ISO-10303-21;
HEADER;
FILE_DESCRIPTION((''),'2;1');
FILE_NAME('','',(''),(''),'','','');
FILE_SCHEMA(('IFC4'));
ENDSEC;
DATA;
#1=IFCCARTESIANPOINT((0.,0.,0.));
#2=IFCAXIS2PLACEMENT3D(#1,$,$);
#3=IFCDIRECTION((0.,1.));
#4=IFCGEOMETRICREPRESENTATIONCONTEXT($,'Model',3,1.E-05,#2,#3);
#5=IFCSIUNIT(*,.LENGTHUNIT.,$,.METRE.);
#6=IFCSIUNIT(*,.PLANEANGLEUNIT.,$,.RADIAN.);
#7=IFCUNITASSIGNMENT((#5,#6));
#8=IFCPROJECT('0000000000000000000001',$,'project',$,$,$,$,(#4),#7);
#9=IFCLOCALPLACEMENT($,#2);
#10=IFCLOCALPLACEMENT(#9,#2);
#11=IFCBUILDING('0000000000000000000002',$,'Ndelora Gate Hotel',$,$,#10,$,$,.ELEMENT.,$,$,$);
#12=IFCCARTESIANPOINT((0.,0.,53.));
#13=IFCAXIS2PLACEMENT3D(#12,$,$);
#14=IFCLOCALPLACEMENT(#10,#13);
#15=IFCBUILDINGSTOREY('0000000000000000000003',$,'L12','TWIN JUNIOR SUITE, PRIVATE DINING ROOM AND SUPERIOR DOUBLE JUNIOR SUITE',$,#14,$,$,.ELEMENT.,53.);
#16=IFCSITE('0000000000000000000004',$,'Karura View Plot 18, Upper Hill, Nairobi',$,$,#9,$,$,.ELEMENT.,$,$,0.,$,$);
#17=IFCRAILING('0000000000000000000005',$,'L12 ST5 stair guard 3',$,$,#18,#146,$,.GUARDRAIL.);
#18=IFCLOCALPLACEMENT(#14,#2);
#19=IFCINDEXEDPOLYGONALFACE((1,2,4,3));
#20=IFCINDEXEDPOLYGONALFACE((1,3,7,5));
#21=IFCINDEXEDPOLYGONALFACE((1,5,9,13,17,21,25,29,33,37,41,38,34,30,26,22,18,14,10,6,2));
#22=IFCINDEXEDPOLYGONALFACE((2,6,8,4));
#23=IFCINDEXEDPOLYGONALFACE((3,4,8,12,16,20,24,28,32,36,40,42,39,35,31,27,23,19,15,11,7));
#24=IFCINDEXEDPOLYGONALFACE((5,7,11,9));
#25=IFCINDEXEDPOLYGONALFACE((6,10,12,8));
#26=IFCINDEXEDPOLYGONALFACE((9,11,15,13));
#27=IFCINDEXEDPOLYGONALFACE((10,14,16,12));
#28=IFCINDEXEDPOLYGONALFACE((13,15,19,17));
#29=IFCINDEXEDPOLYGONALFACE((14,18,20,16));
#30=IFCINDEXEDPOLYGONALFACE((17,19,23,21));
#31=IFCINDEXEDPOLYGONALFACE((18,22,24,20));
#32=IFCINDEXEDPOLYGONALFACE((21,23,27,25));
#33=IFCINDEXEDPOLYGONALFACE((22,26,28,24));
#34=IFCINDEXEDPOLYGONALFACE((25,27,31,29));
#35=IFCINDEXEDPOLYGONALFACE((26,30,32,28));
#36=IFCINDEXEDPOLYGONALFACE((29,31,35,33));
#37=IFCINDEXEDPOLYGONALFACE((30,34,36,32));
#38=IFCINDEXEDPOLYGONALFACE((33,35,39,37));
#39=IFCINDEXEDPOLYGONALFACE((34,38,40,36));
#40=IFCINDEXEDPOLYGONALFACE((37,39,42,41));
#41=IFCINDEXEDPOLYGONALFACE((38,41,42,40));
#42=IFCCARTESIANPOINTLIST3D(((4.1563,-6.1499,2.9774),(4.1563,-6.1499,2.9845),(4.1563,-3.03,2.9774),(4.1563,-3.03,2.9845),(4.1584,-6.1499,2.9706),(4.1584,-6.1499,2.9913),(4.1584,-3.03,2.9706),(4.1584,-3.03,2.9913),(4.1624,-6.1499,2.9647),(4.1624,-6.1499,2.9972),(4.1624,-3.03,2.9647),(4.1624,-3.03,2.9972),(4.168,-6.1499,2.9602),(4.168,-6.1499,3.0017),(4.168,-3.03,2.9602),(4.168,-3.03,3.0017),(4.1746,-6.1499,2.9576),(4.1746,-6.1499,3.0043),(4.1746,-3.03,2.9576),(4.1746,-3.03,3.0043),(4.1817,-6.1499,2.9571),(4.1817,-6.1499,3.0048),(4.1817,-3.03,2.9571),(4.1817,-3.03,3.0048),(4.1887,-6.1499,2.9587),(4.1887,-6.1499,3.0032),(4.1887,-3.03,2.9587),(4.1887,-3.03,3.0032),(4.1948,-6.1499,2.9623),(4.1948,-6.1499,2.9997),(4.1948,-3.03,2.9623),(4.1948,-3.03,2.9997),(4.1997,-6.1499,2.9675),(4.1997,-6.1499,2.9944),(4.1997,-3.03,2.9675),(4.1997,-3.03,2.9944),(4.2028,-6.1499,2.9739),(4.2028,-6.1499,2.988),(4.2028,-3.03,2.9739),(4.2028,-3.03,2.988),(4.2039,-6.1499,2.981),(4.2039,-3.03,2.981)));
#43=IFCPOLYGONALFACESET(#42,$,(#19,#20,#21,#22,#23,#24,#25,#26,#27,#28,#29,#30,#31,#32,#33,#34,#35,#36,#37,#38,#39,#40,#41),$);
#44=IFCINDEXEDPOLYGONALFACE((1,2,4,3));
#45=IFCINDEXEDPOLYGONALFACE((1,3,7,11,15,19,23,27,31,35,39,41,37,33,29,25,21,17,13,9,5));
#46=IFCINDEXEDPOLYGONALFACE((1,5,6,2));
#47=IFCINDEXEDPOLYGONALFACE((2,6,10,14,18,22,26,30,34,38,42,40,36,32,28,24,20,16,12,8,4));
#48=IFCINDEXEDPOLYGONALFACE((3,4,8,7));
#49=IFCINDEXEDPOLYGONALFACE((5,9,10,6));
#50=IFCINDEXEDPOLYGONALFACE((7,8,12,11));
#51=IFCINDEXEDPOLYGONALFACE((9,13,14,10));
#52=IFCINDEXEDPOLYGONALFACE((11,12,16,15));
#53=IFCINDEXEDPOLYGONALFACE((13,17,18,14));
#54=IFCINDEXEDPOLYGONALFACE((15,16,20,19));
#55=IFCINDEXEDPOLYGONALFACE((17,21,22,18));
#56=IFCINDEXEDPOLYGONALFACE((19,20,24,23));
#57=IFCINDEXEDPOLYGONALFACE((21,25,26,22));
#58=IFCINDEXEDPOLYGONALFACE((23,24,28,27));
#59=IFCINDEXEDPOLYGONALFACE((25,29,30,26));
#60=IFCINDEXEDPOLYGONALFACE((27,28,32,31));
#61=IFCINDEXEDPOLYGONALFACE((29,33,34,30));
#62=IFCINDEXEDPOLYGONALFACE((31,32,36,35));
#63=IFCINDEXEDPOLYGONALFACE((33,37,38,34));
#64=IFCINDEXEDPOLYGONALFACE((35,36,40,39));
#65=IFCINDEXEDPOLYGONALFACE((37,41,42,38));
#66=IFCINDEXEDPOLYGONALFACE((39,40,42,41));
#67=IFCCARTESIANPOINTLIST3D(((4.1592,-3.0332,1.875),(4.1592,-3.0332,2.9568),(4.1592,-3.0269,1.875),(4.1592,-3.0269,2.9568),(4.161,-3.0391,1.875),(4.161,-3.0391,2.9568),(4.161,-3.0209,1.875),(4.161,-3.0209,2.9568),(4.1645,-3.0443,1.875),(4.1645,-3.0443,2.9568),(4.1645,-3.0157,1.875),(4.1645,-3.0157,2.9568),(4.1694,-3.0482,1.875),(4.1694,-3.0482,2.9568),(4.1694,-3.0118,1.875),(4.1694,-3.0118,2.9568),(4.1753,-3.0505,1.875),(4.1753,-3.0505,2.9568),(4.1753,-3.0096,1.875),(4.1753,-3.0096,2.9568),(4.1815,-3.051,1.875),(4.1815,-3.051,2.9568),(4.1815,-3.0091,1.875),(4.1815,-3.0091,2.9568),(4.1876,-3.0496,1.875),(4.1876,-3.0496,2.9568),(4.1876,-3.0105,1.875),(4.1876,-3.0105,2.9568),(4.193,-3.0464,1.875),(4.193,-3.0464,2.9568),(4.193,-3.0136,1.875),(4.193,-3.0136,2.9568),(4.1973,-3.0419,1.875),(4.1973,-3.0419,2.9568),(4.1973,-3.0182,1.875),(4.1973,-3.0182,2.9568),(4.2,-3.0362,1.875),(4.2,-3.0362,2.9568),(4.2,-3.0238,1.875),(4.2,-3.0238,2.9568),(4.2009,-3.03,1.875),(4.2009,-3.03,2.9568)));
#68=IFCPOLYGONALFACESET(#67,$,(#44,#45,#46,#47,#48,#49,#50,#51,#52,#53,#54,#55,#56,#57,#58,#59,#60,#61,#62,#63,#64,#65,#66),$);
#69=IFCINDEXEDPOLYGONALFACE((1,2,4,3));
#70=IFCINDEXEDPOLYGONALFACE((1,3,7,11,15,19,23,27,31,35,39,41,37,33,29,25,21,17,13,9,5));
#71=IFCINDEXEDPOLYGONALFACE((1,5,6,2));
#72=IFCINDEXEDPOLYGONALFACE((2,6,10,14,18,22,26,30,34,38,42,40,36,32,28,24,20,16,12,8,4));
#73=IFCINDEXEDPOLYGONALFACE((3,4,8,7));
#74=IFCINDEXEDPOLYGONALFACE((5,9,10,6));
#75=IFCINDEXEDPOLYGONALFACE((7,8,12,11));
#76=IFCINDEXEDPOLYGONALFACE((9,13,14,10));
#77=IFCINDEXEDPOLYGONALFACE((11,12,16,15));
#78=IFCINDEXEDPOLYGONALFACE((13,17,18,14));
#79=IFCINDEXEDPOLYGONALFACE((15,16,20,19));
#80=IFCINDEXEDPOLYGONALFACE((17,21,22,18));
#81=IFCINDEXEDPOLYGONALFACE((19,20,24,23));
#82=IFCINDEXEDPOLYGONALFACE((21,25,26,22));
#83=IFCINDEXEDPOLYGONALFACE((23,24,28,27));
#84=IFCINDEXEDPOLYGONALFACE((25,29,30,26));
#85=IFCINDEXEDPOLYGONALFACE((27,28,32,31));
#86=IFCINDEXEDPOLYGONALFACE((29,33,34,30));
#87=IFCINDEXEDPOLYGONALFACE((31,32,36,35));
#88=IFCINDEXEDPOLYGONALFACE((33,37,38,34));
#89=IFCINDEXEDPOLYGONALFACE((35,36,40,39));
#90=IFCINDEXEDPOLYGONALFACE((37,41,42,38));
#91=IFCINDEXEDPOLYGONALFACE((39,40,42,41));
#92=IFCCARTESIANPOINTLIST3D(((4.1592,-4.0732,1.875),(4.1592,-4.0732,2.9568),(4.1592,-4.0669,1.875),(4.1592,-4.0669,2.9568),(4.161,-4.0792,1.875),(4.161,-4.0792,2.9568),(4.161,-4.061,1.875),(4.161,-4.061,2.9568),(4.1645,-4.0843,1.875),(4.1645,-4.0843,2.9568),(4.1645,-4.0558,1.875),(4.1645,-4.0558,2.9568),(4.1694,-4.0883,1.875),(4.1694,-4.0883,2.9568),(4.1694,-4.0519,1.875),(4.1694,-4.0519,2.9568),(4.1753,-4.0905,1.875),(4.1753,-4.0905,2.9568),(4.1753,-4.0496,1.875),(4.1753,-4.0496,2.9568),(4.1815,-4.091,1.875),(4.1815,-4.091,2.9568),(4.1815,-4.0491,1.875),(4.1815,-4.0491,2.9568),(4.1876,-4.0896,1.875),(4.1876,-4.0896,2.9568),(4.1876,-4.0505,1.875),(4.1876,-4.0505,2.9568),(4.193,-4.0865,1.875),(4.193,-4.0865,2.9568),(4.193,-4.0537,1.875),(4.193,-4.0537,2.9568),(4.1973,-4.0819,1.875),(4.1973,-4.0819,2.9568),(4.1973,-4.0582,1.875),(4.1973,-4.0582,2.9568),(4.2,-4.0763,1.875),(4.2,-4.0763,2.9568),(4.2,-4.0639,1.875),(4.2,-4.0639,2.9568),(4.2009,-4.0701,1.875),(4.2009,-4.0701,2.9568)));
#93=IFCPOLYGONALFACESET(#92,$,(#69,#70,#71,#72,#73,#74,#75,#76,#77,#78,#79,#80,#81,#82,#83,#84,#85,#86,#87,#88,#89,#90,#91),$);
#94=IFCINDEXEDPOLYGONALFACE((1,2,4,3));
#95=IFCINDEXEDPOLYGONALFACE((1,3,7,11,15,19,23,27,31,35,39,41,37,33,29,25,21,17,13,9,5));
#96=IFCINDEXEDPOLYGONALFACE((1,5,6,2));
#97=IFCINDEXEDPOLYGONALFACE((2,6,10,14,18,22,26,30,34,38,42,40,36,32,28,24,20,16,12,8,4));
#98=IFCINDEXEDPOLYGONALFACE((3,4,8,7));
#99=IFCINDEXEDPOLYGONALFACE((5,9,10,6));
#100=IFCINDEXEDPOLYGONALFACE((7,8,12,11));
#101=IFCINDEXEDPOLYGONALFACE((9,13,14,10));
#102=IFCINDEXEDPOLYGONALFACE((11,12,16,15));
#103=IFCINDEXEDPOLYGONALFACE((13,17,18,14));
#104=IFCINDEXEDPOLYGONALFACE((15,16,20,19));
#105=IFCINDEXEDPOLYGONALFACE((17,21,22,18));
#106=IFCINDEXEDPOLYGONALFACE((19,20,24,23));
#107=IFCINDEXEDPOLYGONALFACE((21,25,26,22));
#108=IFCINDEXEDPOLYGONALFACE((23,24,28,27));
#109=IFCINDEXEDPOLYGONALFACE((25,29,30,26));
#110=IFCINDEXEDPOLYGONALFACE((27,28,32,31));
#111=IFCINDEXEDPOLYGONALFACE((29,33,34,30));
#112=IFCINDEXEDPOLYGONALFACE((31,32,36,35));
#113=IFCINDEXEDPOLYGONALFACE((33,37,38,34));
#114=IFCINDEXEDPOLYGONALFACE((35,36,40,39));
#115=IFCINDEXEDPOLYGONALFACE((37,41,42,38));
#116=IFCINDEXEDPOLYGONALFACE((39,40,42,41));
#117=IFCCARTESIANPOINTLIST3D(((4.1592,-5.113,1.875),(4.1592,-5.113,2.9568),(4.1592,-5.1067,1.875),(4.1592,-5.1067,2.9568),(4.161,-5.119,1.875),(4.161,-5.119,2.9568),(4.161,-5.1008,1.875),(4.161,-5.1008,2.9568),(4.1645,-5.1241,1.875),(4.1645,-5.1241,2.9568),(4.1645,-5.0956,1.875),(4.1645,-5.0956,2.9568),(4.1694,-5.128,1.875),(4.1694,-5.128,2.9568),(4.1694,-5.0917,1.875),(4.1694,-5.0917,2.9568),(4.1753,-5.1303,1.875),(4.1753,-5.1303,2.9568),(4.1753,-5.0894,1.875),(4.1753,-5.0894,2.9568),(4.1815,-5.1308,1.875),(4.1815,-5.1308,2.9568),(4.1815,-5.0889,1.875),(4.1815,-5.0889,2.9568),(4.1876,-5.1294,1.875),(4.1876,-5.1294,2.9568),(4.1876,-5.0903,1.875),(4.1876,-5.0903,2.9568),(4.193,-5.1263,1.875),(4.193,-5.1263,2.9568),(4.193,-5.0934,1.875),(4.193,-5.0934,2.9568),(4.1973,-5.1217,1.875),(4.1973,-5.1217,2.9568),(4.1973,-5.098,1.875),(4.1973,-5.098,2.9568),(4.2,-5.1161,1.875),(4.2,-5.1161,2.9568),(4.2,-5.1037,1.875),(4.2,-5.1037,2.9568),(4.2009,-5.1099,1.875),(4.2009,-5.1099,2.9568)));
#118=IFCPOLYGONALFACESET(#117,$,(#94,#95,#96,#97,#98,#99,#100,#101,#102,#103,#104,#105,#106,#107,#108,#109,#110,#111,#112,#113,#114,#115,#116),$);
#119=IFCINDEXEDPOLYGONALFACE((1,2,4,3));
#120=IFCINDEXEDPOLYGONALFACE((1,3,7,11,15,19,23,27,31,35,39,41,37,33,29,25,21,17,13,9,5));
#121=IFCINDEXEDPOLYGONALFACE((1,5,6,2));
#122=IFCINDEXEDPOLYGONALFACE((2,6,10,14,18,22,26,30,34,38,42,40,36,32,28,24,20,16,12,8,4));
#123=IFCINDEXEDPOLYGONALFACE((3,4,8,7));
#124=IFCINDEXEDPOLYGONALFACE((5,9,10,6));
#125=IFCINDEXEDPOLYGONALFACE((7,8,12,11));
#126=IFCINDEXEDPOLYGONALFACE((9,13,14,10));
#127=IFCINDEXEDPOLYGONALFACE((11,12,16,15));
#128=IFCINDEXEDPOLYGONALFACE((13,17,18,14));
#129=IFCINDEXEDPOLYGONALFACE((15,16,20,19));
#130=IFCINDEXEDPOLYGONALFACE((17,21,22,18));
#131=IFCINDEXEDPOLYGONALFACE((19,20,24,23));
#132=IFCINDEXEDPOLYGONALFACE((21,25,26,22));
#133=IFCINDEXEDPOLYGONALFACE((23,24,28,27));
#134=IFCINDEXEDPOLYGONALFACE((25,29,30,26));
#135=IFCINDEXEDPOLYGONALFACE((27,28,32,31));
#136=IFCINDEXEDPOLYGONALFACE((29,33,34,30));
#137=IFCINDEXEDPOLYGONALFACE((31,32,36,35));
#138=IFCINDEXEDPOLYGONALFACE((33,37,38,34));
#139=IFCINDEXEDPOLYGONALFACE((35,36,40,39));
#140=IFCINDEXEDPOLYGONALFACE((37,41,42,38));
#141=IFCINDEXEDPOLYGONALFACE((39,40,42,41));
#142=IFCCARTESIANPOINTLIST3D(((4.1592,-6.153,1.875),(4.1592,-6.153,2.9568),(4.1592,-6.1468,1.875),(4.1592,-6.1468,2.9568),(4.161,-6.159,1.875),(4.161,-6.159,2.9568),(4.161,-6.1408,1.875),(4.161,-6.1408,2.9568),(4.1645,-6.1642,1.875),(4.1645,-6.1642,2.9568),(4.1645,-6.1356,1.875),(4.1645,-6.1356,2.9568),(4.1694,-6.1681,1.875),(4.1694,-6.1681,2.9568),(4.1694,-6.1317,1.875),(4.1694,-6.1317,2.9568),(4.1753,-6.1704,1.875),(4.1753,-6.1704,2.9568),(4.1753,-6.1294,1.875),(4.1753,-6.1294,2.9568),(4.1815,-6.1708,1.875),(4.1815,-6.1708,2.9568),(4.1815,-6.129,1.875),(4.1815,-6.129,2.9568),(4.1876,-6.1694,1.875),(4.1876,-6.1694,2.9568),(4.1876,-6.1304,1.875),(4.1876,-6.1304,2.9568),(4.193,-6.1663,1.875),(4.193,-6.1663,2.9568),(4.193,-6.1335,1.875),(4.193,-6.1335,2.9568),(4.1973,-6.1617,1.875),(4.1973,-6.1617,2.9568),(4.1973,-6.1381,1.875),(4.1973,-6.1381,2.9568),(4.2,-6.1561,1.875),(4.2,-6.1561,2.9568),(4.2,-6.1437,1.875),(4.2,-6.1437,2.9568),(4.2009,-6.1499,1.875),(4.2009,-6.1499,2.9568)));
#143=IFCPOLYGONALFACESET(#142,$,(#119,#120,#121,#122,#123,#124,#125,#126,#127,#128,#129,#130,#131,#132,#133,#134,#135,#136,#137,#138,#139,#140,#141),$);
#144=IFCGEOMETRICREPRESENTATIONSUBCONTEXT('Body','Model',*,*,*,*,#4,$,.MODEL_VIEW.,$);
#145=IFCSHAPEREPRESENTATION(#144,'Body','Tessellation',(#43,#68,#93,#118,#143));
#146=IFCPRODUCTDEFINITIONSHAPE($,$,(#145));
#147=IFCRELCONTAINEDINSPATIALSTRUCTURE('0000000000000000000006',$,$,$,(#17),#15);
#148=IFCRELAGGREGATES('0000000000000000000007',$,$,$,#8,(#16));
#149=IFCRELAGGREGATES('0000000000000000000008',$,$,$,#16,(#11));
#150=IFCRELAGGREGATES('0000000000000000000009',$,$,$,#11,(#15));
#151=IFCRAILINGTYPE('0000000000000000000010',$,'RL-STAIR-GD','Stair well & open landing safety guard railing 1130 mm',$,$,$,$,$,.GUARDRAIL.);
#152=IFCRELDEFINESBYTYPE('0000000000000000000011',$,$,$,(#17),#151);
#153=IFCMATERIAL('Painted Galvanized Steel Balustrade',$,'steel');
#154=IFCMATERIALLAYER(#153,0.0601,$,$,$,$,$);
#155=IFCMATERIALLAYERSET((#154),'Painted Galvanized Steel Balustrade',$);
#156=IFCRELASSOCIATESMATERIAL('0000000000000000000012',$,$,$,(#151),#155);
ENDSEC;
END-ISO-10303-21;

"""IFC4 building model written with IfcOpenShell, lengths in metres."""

from ifc_helpers import new_model, si_unit, direction, frame, origin, origin_2d, place, context, subcontext, project, spatial, circle, extrude, material, layer, layer_set, type_object, element, save


model = new_model("IFC4")

# Units and contexts
model_context = context("Model", 3, precision=1e-05, world=origin(), true_north=direction((0.0, 1.0)))
body_context = subcontext(model_context, "Body", "Model", "MODEL_VIEW")
ifc_project = project(units=[si_unit("LENGTHUNIT", "METRE"), si_unit("PLANEANGLEUNIT", "RADIAN")], contexts=[model_context])

# Site, building, storey
site_placement = place(None, origin())
site = spatial("IfcSite", under=ifc_project, at=site_placement, Name="Karura View Plot 18, Upper Hill, Nairobi", CompositionType="ELEMENT", RefElevation=0.0)
building_placement = place(site_placement, origin())
building = spatial("IfcBuilding", under=site, at=building_placement, Name="Ndelora Gate Hotel", CompositionType="ELEMENT")
storey_placement = place(building_placement, frame((0.0, 0.0, 53.0)))
storey = spatial("IfcBuildingStorey", under=building, at=storey_placement, Name="L12", Description="TWIN JUNIOR SUITE, PRIVATE DINING ROOM AND SUPERIOR DOUBLE JUNIOR SUITE", CompositionType="ELEMENT", Elevation=53.0)

# Railing
ifc_material_1 = material(Name="Painted Galvanized Steel Balustrade", Category="steel")
ifc_layer_1 = layer(ifc_material_1, 0.0601)
ifc_layer_set_1 = layer_set([ifc_layer_1], Name="Painted Galvanized Steel Balustrade")
railing_type_1 = type_object("IfcRailingType", Name="RL-STAIR-GD", Description="Stair well & open landing safety guard railing 1130 mm", PredefinedType="GUARDRAIL", material=ifc_layer_set_1)
for number, where, name in (
    (1, (4.1799, -3.03, 1.875), "L12 ST5 stair guard 3"),
):
    element("IfcRailing", number, at=place(storey_placement, frame(where)), inside=storey, type_object=railing_type_1, Name=name, PredefinedType="GUARDRAIL", context=body_context, shape_type="SweptSolid", body=[
        extrude(circle(Radius=0.0239, at=origin_2d()), frame((0.0, 0.0, 1.106), z_axis=(0.0, -1.0, 0.0), x_axis=(1.0, 0.0, 0.0)), (0.0, 0.0, 1.0), 3.1199),
        extrude(circle(Radius=0.021, at=origin_2d()), origin(), (0.0, 0.0, 1.0), 1.0818),
        extrude(circle(Radius=0.021, at=origin_2d()), frame((0.0, -1.04, 0.0)), (0.0, 0.0, 1.0), 1.0818),
        extrude(circle(Radius=0.021, at=origin_2d()), frame((0.0, -2.0798, 0.0)), (0.0, 0.0, 1.0), 1.0818),
        extrude(circle(Radius=0.021, at=origin_2d()), frame((0.0, -3.1199, 0.0)), (0.0, 0.0, 1.0), 1.0818),
    ])

save(model, "model.ifc")
